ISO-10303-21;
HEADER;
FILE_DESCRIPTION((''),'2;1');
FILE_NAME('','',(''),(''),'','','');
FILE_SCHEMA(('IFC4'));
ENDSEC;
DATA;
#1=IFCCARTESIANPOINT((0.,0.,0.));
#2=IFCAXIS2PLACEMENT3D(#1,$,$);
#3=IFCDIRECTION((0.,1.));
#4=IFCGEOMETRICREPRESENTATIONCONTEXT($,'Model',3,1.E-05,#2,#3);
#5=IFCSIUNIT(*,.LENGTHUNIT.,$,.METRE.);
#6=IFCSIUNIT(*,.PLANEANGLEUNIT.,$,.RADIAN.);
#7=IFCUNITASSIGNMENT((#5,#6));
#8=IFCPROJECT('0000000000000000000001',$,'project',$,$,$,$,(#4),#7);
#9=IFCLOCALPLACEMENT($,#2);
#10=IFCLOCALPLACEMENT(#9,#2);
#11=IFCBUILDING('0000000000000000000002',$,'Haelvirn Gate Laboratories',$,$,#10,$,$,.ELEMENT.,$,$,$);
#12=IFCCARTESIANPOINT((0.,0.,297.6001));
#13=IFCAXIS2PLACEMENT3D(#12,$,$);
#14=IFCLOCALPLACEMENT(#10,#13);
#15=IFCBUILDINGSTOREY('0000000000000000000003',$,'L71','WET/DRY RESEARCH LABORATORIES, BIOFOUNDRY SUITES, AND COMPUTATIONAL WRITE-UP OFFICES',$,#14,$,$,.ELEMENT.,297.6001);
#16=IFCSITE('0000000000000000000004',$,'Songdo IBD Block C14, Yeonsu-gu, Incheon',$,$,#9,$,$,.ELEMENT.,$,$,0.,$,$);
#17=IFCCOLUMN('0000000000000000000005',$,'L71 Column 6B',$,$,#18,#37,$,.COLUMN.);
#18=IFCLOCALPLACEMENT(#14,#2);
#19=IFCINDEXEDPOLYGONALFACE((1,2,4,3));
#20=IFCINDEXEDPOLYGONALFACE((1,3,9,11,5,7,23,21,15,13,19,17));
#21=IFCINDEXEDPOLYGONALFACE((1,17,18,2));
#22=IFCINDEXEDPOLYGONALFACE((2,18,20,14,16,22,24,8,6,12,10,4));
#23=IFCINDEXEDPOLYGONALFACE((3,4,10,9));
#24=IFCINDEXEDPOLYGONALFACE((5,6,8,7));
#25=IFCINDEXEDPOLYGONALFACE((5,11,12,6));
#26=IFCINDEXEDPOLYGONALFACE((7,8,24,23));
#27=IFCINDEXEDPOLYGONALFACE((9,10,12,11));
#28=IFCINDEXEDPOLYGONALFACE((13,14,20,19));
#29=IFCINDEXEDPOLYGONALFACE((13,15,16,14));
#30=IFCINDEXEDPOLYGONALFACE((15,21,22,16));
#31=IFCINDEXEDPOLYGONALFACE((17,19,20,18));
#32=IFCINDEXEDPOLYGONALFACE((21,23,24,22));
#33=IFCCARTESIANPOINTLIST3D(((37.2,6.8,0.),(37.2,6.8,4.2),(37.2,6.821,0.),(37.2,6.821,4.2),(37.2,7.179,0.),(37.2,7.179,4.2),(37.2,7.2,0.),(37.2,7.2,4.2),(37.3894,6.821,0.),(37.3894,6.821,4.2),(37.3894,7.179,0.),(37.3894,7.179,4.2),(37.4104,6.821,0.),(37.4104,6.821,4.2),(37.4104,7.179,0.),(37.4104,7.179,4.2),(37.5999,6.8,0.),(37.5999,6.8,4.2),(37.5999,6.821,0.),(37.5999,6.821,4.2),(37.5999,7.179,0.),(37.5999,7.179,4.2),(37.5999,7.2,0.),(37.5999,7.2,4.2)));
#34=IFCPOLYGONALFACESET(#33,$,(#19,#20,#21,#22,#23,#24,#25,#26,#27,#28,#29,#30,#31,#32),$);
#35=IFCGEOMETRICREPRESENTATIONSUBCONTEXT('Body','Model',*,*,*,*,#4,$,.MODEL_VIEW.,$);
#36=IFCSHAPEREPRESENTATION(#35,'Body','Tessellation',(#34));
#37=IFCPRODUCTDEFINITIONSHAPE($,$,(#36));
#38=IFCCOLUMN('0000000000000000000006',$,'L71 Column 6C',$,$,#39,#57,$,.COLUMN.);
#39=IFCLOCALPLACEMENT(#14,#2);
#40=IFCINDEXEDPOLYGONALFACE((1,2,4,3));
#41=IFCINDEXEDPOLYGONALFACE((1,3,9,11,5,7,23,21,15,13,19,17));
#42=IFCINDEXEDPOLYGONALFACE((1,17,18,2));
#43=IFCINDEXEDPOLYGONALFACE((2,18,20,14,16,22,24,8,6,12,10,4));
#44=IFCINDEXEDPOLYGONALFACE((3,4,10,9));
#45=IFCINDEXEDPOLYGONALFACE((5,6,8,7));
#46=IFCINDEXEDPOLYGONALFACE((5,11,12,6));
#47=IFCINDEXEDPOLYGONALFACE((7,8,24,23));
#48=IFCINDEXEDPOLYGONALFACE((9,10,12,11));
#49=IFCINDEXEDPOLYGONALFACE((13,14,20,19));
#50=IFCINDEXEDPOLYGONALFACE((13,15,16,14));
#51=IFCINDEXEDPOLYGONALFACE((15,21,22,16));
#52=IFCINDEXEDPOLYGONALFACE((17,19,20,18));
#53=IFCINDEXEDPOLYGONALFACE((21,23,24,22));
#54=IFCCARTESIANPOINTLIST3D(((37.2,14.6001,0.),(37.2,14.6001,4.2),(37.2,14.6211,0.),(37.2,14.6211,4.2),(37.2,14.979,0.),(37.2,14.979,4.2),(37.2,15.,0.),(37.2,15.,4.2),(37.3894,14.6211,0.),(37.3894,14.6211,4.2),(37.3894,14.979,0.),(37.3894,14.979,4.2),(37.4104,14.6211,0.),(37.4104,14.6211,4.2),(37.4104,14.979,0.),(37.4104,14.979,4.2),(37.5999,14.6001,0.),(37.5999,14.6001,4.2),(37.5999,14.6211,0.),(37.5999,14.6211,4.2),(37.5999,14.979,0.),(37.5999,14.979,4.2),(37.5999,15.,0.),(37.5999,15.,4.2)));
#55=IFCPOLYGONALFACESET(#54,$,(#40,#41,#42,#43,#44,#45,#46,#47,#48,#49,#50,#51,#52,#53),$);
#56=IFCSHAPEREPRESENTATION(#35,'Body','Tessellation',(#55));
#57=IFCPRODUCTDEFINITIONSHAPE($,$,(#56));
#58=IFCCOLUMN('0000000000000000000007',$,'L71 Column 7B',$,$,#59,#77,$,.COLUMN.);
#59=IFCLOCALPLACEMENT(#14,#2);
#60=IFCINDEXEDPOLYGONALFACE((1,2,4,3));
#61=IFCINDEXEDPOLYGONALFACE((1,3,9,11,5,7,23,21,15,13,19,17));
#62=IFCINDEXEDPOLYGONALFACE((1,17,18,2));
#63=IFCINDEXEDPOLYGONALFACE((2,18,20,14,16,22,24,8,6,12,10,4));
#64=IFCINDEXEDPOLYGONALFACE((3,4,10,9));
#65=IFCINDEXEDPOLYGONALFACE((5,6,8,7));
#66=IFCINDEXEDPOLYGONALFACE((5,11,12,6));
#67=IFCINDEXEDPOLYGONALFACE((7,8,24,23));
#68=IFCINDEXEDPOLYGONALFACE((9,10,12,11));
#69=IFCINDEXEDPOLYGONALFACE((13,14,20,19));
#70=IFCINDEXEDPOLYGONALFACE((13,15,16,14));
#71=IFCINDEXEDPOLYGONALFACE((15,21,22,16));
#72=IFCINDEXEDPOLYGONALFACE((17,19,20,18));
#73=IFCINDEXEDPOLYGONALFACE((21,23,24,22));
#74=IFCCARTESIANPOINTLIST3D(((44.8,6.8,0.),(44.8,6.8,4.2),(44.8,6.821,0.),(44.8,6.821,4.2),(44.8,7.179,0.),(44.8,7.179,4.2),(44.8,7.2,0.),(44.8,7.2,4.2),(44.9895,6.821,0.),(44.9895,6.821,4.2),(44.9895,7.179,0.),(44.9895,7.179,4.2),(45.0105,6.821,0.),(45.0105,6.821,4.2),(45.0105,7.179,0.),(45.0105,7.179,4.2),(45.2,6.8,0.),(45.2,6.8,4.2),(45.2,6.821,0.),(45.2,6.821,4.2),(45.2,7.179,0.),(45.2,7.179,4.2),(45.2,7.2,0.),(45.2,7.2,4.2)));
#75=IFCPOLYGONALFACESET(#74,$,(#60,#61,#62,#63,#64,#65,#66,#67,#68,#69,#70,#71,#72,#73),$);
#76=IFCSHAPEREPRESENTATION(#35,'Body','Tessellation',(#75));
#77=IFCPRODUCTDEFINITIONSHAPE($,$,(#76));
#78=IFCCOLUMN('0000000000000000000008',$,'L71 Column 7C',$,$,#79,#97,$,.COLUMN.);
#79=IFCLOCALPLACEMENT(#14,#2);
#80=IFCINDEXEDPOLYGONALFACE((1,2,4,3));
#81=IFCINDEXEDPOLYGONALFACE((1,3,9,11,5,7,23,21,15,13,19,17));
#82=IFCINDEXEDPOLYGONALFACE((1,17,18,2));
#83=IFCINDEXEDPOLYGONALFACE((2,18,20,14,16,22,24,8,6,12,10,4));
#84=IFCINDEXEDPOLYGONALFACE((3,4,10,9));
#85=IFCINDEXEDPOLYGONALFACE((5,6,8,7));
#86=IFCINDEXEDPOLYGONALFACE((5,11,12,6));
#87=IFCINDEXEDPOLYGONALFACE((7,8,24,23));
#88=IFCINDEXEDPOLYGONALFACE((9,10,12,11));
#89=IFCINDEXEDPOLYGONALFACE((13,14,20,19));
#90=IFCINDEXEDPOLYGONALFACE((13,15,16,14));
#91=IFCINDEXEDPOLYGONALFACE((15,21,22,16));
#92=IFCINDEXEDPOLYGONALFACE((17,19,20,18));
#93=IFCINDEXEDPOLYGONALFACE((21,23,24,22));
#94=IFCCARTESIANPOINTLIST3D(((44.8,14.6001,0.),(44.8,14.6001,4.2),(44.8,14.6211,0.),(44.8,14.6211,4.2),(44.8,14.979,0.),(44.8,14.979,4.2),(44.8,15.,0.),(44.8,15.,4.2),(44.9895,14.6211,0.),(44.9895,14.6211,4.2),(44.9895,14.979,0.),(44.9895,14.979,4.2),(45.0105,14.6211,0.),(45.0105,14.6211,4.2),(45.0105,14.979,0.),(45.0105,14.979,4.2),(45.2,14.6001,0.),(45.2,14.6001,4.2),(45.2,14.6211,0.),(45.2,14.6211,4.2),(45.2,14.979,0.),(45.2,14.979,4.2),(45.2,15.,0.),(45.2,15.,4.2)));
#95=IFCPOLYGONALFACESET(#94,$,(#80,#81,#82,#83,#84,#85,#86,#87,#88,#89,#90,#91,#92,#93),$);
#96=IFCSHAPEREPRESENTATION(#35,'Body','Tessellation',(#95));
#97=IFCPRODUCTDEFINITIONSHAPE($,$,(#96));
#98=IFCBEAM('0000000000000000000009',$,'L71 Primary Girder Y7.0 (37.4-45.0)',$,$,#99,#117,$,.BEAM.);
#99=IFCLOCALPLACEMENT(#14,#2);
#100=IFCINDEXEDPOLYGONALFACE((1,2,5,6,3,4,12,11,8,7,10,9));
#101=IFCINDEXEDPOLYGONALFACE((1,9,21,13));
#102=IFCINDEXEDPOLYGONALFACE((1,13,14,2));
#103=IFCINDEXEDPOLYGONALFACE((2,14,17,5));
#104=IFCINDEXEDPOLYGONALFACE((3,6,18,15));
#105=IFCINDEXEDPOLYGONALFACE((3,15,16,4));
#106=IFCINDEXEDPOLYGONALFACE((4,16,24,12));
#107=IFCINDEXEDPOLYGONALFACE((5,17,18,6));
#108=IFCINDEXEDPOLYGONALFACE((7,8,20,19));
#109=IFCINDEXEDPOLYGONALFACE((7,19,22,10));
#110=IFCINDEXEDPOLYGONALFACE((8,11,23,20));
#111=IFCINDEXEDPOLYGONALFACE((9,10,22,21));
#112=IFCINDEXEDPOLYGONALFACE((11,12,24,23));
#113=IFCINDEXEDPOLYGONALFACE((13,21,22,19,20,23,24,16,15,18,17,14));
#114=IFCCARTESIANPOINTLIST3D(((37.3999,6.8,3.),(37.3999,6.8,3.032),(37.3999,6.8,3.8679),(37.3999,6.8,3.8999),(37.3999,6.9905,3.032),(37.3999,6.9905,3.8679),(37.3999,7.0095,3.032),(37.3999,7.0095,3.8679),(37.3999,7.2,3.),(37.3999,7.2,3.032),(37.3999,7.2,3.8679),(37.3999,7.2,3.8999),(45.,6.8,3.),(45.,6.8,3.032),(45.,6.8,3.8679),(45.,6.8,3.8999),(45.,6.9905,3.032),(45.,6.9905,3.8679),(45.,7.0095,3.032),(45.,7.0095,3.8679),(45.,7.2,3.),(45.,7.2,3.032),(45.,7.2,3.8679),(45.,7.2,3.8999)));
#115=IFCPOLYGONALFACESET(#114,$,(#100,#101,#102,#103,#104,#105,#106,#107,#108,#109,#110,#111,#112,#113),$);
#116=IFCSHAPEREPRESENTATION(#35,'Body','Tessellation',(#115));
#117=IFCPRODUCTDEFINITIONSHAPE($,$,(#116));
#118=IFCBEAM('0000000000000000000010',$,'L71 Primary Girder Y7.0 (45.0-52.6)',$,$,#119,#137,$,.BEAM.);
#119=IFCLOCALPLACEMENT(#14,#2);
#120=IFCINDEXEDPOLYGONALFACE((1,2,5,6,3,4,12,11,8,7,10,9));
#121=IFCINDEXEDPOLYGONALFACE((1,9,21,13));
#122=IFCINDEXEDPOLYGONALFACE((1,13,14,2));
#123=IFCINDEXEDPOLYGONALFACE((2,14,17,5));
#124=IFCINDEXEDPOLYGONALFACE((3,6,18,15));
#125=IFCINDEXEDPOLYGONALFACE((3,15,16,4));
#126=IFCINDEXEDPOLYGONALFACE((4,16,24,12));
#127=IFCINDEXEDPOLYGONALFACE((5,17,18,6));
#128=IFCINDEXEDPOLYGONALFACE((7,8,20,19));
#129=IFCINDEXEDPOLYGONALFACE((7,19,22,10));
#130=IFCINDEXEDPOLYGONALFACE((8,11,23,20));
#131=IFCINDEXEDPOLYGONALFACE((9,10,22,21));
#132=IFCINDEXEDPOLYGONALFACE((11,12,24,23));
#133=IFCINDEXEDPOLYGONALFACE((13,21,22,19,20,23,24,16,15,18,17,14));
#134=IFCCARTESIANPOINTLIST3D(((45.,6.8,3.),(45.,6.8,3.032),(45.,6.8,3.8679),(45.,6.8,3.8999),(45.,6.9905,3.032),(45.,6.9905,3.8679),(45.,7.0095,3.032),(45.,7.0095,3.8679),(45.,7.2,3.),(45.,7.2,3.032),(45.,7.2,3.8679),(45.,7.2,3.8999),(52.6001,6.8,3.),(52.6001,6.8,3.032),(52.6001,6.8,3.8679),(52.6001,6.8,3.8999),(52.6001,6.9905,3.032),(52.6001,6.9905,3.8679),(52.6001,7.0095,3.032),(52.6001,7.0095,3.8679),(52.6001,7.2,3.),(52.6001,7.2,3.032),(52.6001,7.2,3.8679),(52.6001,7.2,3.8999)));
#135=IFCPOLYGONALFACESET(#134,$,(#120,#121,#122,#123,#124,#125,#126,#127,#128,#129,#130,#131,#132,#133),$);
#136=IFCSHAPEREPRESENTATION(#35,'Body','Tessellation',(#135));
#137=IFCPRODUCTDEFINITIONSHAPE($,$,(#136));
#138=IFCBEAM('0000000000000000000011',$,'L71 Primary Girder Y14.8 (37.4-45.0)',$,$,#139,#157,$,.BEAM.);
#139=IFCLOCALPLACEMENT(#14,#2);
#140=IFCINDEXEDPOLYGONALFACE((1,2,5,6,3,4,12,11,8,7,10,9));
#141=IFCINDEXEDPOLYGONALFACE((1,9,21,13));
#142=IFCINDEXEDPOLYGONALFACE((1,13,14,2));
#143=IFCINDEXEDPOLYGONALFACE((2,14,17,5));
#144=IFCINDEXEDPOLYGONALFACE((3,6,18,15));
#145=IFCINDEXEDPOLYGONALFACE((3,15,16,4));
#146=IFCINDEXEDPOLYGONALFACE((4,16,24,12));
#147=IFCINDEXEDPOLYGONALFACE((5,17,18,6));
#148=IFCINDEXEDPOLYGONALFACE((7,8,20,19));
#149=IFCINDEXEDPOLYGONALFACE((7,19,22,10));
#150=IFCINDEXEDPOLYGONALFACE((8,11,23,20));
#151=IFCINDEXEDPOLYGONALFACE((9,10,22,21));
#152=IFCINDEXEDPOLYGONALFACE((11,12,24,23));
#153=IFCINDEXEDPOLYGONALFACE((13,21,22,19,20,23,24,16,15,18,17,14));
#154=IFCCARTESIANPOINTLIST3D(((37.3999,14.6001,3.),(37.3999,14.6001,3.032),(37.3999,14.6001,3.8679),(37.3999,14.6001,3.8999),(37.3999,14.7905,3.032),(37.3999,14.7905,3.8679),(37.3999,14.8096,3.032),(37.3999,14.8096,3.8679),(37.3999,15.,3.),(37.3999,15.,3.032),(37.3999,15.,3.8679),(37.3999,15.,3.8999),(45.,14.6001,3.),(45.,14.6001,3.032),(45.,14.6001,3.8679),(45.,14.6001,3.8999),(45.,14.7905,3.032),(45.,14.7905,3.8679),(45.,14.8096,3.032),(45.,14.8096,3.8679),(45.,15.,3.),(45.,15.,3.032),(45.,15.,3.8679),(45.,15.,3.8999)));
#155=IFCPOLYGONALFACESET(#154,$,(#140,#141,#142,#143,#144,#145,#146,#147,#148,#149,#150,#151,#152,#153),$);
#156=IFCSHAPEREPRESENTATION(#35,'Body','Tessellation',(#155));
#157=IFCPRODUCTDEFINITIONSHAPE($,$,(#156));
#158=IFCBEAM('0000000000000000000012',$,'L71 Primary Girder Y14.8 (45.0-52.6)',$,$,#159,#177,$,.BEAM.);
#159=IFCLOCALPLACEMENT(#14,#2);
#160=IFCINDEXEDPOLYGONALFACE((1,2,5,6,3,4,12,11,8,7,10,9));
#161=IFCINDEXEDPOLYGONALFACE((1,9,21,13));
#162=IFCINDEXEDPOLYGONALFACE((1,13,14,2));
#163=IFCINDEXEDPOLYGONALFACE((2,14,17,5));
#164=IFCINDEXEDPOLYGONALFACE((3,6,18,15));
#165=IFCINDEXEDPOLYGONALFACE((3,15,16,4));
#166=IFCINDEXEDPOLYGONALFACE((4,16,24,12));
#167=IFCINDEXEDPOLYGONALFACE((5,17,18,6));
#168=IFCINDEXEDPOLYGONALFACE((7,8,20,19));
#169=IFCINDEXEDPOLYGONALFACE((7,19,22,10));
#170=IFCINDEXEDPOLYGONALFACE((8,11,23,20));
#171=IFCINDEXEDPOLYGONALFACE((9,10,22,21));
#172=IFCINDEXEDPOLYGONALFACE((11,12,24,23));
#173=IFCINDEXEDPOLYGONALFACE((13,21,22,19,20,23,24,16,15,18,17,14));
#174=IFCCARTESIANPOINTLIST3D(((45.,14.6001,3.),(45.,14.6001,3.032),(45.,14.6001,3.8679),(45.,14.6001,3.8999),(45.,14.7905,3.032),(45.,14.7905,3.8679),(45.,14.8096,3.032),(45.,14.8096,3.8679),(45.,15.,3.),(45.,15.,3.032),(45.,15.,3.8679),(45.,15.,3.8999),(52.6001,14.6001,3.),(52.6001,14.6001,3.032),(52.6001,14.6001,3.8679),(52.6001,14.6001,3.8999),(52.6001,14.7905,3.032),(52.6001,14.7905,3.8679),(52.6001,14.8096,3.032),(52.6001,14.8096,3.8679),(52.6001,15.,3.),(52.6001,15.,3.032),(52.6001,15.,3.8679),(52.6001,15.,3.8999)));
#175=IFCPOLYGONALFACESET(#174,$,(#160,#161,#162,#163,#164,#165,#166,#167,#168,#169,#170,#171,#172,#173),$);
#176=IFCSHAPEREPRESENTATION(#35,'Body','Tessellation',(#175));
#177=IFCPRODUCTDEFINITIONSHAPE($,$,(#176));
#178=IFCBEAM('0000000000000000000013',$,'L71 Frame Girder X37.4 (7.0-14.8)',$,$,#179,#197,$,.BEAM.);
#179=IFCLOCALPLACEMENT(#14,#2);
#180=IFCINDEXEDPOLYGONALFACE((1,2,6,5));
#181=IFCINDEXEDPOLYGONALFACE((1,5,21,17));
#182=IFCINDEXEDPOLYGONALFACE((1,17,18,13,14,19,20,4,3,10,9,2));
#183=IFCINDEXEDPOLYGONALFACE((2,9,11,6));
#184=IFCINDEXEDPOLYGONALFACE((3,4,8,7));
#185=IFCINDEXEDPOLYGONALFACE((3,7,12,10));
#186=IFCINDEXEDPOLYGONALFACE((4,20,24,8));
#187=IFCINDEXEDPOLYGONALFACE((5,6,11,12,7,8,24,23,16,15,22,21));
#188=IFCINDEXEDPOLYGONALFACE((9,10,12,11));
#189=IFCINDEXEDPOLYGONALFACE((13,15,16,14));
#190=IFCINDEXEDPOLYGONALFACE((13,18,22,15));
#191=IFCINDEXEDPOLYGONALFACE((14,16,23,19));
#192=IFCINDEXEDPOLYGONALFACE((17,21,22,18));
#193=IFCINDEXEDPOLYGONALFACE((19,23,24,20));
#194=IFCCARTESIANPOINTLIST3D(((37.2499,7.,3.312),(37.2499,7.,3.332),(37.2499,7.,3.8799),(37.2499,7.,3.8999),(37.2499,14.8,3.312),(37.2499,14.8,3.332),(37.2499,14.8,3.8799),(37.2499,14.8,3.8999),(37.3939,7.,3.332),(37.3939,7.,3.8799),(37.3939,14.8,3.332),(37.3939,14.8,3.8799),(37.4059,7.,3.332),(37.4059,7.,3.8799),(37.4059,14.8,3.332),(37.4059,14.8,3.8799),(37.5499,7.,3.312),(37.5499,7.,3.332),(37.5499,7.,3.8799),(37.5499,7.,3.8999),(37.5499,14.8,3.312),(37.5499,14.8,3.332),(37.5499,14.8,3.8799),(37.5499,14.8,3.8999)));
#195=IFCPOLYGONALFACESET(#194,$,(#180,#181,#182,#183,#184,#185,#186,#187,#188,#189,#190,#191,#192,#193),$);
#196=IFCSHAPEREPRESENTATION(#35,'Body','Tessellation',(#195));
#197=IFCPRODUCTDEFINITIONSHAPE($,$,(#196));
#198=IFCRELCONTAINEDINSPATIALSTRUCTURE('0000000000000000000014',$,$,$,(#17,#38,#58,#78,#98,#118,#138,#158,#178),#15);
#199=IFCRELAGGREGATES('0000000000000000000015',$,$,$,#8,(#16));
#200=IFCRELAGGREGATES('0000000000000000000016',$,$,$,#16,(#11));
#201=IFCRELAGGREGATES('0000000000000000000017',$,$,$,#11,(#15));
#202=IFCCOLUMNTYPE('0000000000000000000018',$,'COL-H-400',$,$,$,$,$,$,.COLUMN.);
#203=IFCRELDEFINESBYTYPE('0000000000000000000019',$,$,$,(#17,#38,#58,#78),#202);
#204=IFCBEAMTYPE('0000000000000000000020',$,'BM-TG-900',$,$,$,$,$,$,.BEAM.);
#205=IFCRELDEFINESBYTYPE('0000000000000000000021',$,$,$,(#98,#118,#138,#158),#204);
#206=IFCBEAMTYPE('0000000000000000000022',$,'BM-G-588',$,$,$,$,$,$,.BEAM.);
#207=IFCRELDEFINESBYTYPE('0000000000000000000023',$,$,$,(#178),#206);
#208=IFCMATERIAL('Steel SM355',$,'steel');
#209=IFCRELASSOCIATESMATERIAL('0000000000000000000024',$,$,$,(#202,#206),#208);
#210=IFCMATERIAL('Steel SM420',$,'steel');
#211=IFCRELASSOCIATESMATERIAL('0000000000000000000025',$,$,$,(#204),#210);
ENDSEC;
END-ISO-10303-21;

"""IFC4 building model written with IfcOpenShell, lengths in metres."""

from ifc_helpers import new_model, si_unit, direction, frame, origin, origin_2d, place, context, subcontext, project, spatial, i_section, extrude, source, transform, mapped, material, material_profile, profile_set, type_object, type_shapes, element, save


model = new_model("IFC4")

# Units and contexts
model_context = context("Model", 3, precision=1e-05, world=origin(), true_north=direction((0.0, 1.0)))
body_context = subcontext(model_context, "Body", "Model", "MODEL_VIEW")
ifc_project = project(units=[si_unit("LENGTHUNIT", "METRE"), si_unit("PLANEANGLEUNIT", "RADIAN")], contexts=[model_context])

# Site, building, storey
site_placement = place(None, origin())
site = spatial("IfcSite", under=ifc_project, at=site_placement, Name="Songdo IBD Block C14, Yeonsu-gu, Incheon", CompositionType="ELEMENT", RefElevation=0.0)
building_placement = place(site_placement, origin())
building = spatial("IfcBuilding", under=site, at=building_placement, Name="Haelvirn Gate Laboratories", CompositionType="ELEMENT")
storey_placement = place(building_placement, frame((0.0, 0.0, 297.6001)))
storey = spatial("IfcBuildingStorey", under=building, at=storey_placement, Name="L71", Description="WET/DRY RESEARCH LABORATORIES, BIOFOUNDRY SUITES, AND COMPUTATIONAL WRITE-UP OFFICES", CompositionType="ELEMENT", Elevation=297.6001)

# Columns
ifc_material_1 = material(Name="Steel SM355", Category="steel")
ifc_material_profile_1 = material_profile(ifc_material_1, i_section(OverallWidth=0.3999, OverallDepth=0.3999, WebThickness=0.021, FlangeThickness=0.021, at=origin_2d()), Name="H-400x400x21x21")
ifc_profile_set_1 = profile_set([ifc_material_profile_1], Name="Steel SM355")
column_type = type_object("IfcColumnType", Name="COL-H-400", PredefinedType="COLUMN", material=ifc_profile_set_1)
shared_shape_1 = source(origin(), body_context, "Body", "SweptSolid", [
    extrude(i_section(OverallWidth=0.3999, OverallDepth=0.3999, WebThickness=0.021, FlangeThickness=0.021, at=origin_2d()), origin(), (0.0, 0.0, 1.0), 4.2),
])
type_shapes(column_type, [shared_shape_1])
for number, where, z_axis, x_axis, name in (
    (1, (37.3999, 7.0, 0.0), (0.0, 0.0, 1.0), (1.0, 0.0, 0.0), "L71 Column 6B"),
    (2, (37.3999, 14.8, 0.0), (0.0, 0.0, 1.0), (1.0, 0.0, 0.0), "L71 Column 6C"),
    (3, (45.0, 7.0, 0.0), (0.0, 0.0, 1.0), (1.0, 0.0, 0.0), "L71 Column 7B"),
    (4, (45.0, 14.8, 0.0), (0.0, 0.0, 1.0), (1.0, 0.0, 0.0), "L71 Column 7C"),
):
    element("IfcColumn", number, at=place(storey_placement, frame(where, z_axis=z_axis, x_axis=x_axis)), inside=storey, type_object=column_type, Name=name, PredefinedType="COLUMN", context=body_context, shape_type="MappedRepresentation", body=[
        mapped(shared_shape_1, transform((0.0, 0.0, 0.0), scale=1.0)),
    ])

# Beams
ifc_material_2 = material(Name="Steel SM420", Category="steel")
ifc_material_profile_2 = material_profile(ifc_material_2, i_section(OverallWidth=0.3999, OverallDepth=0.8999, WebThickness=0.019, FlangeThickness=0.032, at=origin_2d()), Name="H-900x400x19x32")
ifc_profile_set_2 = profile_set([ifc_material_profile_2], Name="Steel SM420")
beam_type_1 = type_object("IfcBeamType", Name="BM-TG-900", PredefinedType="BEAM", material=ifc_profile_set_2)
shared_shape_2 = source(origin(), body_context, "Body", "SweptSolid", [
    extrude(i_section(OverallWidth=0.3999, OverallDepth=0.8999, WebThickness=0.019, FlangeThickness=0.032, at=origin_2d()), origin(), (0.0, 0.0, 1.0), 7.6001),
])
type_shapes(beam_type_1, [shared_shape_2])
for number, where, z_axis, x_axis, name in (
    (5, (37.3999, 7.0, 3.45), (1.0, 0.0, 0.0), (0.0, 1.0, 0.0), "L71 Primary Girder Y7.0 (37.4-45.0)"),
    (6, (45.0, 7.0, 3.45), (1.0, 0.0, 0.0), (0.0, 1.0, 0.0), "L71 Primary Girder Y7.0 (45.0-52.6)"),
    (7, (37.3999, 14.8, 3.45), (1.0, 0.0, 0.0), (0.0, 1.0, 0.0), "L71 Primary Girder Y14.8 (37.4-45.0)"),
    (8, (45.0, 14.8, 3.45), (1.0, 0.0, 0.0), (0.0, 1.0, 0.0), "L71 Primary Girder Y14.8 (45.0-52.6)"),
):
    element("IfcBeam", number, at=place(storey_placement, frame(where, z_axis=z_axis, x_axis=x_axis)), inside=storey, type_object=beam_type_1, Name=name, PredefinedType="BEAM", context=body_context, shape_type="MappedRepresentation", body=[
        mapped(shared_shape_2, transform((0.0, 0.0, 0.0), scale=1.0)),
    ])
ifc_material_profile_3 = material_profile(ifc_material_1, i_section(OverallWidth=0.3, OverallDepth=0.5879, WebThickness=0.012, FlangeThickness=0.02, at=origin_2d()), Name="H-588x300x12x20")
ifc_profile_set_3 = profile_set([ifc_material_profile_3], Name="Steel SM355")
beam_type_2 = type_object("IfcBeamType", Name="BM-G-588", PredefinedType="BEAM", material=ifc_profile_set_3)
shared_shape_3 = source(origin(), body_context, "Body", "SweptSolid", [
    extrude(i_section(OverallWidth=0.3, OverallDepth=0.5879, WebThickness=0.012, FlangeThickness=0.02, at=origin_2d()), origin(), (0.0, 0.0, 1.0), 7.8),
])
type_shapes(beam_type_2, [shared_shape_3])
for number, where, z_axis, x_axis, name in (
    (9, (37.3999, 7.0, 3.606), (0.0, 1.0, 0.0), (-1.0, 0.0, 0.0), "L71 Frame Girder X37.4 (7.0-14.8)"),
):
    element("IfcBeam", number, at=place(storey_placement, frame(where, z_axis=z_axis, x_axis=x_axis)), inside=storey, type_object=beam_type_2, Name=name, PredefinedType="BEAM", context=body_context, shape_type="MappedRepresentation", body=[
        mapped(shared_shape_3, transform((0.0, 0.0, 0.0), scale=1.0)),
    ])

save(model, "model.ifc")
